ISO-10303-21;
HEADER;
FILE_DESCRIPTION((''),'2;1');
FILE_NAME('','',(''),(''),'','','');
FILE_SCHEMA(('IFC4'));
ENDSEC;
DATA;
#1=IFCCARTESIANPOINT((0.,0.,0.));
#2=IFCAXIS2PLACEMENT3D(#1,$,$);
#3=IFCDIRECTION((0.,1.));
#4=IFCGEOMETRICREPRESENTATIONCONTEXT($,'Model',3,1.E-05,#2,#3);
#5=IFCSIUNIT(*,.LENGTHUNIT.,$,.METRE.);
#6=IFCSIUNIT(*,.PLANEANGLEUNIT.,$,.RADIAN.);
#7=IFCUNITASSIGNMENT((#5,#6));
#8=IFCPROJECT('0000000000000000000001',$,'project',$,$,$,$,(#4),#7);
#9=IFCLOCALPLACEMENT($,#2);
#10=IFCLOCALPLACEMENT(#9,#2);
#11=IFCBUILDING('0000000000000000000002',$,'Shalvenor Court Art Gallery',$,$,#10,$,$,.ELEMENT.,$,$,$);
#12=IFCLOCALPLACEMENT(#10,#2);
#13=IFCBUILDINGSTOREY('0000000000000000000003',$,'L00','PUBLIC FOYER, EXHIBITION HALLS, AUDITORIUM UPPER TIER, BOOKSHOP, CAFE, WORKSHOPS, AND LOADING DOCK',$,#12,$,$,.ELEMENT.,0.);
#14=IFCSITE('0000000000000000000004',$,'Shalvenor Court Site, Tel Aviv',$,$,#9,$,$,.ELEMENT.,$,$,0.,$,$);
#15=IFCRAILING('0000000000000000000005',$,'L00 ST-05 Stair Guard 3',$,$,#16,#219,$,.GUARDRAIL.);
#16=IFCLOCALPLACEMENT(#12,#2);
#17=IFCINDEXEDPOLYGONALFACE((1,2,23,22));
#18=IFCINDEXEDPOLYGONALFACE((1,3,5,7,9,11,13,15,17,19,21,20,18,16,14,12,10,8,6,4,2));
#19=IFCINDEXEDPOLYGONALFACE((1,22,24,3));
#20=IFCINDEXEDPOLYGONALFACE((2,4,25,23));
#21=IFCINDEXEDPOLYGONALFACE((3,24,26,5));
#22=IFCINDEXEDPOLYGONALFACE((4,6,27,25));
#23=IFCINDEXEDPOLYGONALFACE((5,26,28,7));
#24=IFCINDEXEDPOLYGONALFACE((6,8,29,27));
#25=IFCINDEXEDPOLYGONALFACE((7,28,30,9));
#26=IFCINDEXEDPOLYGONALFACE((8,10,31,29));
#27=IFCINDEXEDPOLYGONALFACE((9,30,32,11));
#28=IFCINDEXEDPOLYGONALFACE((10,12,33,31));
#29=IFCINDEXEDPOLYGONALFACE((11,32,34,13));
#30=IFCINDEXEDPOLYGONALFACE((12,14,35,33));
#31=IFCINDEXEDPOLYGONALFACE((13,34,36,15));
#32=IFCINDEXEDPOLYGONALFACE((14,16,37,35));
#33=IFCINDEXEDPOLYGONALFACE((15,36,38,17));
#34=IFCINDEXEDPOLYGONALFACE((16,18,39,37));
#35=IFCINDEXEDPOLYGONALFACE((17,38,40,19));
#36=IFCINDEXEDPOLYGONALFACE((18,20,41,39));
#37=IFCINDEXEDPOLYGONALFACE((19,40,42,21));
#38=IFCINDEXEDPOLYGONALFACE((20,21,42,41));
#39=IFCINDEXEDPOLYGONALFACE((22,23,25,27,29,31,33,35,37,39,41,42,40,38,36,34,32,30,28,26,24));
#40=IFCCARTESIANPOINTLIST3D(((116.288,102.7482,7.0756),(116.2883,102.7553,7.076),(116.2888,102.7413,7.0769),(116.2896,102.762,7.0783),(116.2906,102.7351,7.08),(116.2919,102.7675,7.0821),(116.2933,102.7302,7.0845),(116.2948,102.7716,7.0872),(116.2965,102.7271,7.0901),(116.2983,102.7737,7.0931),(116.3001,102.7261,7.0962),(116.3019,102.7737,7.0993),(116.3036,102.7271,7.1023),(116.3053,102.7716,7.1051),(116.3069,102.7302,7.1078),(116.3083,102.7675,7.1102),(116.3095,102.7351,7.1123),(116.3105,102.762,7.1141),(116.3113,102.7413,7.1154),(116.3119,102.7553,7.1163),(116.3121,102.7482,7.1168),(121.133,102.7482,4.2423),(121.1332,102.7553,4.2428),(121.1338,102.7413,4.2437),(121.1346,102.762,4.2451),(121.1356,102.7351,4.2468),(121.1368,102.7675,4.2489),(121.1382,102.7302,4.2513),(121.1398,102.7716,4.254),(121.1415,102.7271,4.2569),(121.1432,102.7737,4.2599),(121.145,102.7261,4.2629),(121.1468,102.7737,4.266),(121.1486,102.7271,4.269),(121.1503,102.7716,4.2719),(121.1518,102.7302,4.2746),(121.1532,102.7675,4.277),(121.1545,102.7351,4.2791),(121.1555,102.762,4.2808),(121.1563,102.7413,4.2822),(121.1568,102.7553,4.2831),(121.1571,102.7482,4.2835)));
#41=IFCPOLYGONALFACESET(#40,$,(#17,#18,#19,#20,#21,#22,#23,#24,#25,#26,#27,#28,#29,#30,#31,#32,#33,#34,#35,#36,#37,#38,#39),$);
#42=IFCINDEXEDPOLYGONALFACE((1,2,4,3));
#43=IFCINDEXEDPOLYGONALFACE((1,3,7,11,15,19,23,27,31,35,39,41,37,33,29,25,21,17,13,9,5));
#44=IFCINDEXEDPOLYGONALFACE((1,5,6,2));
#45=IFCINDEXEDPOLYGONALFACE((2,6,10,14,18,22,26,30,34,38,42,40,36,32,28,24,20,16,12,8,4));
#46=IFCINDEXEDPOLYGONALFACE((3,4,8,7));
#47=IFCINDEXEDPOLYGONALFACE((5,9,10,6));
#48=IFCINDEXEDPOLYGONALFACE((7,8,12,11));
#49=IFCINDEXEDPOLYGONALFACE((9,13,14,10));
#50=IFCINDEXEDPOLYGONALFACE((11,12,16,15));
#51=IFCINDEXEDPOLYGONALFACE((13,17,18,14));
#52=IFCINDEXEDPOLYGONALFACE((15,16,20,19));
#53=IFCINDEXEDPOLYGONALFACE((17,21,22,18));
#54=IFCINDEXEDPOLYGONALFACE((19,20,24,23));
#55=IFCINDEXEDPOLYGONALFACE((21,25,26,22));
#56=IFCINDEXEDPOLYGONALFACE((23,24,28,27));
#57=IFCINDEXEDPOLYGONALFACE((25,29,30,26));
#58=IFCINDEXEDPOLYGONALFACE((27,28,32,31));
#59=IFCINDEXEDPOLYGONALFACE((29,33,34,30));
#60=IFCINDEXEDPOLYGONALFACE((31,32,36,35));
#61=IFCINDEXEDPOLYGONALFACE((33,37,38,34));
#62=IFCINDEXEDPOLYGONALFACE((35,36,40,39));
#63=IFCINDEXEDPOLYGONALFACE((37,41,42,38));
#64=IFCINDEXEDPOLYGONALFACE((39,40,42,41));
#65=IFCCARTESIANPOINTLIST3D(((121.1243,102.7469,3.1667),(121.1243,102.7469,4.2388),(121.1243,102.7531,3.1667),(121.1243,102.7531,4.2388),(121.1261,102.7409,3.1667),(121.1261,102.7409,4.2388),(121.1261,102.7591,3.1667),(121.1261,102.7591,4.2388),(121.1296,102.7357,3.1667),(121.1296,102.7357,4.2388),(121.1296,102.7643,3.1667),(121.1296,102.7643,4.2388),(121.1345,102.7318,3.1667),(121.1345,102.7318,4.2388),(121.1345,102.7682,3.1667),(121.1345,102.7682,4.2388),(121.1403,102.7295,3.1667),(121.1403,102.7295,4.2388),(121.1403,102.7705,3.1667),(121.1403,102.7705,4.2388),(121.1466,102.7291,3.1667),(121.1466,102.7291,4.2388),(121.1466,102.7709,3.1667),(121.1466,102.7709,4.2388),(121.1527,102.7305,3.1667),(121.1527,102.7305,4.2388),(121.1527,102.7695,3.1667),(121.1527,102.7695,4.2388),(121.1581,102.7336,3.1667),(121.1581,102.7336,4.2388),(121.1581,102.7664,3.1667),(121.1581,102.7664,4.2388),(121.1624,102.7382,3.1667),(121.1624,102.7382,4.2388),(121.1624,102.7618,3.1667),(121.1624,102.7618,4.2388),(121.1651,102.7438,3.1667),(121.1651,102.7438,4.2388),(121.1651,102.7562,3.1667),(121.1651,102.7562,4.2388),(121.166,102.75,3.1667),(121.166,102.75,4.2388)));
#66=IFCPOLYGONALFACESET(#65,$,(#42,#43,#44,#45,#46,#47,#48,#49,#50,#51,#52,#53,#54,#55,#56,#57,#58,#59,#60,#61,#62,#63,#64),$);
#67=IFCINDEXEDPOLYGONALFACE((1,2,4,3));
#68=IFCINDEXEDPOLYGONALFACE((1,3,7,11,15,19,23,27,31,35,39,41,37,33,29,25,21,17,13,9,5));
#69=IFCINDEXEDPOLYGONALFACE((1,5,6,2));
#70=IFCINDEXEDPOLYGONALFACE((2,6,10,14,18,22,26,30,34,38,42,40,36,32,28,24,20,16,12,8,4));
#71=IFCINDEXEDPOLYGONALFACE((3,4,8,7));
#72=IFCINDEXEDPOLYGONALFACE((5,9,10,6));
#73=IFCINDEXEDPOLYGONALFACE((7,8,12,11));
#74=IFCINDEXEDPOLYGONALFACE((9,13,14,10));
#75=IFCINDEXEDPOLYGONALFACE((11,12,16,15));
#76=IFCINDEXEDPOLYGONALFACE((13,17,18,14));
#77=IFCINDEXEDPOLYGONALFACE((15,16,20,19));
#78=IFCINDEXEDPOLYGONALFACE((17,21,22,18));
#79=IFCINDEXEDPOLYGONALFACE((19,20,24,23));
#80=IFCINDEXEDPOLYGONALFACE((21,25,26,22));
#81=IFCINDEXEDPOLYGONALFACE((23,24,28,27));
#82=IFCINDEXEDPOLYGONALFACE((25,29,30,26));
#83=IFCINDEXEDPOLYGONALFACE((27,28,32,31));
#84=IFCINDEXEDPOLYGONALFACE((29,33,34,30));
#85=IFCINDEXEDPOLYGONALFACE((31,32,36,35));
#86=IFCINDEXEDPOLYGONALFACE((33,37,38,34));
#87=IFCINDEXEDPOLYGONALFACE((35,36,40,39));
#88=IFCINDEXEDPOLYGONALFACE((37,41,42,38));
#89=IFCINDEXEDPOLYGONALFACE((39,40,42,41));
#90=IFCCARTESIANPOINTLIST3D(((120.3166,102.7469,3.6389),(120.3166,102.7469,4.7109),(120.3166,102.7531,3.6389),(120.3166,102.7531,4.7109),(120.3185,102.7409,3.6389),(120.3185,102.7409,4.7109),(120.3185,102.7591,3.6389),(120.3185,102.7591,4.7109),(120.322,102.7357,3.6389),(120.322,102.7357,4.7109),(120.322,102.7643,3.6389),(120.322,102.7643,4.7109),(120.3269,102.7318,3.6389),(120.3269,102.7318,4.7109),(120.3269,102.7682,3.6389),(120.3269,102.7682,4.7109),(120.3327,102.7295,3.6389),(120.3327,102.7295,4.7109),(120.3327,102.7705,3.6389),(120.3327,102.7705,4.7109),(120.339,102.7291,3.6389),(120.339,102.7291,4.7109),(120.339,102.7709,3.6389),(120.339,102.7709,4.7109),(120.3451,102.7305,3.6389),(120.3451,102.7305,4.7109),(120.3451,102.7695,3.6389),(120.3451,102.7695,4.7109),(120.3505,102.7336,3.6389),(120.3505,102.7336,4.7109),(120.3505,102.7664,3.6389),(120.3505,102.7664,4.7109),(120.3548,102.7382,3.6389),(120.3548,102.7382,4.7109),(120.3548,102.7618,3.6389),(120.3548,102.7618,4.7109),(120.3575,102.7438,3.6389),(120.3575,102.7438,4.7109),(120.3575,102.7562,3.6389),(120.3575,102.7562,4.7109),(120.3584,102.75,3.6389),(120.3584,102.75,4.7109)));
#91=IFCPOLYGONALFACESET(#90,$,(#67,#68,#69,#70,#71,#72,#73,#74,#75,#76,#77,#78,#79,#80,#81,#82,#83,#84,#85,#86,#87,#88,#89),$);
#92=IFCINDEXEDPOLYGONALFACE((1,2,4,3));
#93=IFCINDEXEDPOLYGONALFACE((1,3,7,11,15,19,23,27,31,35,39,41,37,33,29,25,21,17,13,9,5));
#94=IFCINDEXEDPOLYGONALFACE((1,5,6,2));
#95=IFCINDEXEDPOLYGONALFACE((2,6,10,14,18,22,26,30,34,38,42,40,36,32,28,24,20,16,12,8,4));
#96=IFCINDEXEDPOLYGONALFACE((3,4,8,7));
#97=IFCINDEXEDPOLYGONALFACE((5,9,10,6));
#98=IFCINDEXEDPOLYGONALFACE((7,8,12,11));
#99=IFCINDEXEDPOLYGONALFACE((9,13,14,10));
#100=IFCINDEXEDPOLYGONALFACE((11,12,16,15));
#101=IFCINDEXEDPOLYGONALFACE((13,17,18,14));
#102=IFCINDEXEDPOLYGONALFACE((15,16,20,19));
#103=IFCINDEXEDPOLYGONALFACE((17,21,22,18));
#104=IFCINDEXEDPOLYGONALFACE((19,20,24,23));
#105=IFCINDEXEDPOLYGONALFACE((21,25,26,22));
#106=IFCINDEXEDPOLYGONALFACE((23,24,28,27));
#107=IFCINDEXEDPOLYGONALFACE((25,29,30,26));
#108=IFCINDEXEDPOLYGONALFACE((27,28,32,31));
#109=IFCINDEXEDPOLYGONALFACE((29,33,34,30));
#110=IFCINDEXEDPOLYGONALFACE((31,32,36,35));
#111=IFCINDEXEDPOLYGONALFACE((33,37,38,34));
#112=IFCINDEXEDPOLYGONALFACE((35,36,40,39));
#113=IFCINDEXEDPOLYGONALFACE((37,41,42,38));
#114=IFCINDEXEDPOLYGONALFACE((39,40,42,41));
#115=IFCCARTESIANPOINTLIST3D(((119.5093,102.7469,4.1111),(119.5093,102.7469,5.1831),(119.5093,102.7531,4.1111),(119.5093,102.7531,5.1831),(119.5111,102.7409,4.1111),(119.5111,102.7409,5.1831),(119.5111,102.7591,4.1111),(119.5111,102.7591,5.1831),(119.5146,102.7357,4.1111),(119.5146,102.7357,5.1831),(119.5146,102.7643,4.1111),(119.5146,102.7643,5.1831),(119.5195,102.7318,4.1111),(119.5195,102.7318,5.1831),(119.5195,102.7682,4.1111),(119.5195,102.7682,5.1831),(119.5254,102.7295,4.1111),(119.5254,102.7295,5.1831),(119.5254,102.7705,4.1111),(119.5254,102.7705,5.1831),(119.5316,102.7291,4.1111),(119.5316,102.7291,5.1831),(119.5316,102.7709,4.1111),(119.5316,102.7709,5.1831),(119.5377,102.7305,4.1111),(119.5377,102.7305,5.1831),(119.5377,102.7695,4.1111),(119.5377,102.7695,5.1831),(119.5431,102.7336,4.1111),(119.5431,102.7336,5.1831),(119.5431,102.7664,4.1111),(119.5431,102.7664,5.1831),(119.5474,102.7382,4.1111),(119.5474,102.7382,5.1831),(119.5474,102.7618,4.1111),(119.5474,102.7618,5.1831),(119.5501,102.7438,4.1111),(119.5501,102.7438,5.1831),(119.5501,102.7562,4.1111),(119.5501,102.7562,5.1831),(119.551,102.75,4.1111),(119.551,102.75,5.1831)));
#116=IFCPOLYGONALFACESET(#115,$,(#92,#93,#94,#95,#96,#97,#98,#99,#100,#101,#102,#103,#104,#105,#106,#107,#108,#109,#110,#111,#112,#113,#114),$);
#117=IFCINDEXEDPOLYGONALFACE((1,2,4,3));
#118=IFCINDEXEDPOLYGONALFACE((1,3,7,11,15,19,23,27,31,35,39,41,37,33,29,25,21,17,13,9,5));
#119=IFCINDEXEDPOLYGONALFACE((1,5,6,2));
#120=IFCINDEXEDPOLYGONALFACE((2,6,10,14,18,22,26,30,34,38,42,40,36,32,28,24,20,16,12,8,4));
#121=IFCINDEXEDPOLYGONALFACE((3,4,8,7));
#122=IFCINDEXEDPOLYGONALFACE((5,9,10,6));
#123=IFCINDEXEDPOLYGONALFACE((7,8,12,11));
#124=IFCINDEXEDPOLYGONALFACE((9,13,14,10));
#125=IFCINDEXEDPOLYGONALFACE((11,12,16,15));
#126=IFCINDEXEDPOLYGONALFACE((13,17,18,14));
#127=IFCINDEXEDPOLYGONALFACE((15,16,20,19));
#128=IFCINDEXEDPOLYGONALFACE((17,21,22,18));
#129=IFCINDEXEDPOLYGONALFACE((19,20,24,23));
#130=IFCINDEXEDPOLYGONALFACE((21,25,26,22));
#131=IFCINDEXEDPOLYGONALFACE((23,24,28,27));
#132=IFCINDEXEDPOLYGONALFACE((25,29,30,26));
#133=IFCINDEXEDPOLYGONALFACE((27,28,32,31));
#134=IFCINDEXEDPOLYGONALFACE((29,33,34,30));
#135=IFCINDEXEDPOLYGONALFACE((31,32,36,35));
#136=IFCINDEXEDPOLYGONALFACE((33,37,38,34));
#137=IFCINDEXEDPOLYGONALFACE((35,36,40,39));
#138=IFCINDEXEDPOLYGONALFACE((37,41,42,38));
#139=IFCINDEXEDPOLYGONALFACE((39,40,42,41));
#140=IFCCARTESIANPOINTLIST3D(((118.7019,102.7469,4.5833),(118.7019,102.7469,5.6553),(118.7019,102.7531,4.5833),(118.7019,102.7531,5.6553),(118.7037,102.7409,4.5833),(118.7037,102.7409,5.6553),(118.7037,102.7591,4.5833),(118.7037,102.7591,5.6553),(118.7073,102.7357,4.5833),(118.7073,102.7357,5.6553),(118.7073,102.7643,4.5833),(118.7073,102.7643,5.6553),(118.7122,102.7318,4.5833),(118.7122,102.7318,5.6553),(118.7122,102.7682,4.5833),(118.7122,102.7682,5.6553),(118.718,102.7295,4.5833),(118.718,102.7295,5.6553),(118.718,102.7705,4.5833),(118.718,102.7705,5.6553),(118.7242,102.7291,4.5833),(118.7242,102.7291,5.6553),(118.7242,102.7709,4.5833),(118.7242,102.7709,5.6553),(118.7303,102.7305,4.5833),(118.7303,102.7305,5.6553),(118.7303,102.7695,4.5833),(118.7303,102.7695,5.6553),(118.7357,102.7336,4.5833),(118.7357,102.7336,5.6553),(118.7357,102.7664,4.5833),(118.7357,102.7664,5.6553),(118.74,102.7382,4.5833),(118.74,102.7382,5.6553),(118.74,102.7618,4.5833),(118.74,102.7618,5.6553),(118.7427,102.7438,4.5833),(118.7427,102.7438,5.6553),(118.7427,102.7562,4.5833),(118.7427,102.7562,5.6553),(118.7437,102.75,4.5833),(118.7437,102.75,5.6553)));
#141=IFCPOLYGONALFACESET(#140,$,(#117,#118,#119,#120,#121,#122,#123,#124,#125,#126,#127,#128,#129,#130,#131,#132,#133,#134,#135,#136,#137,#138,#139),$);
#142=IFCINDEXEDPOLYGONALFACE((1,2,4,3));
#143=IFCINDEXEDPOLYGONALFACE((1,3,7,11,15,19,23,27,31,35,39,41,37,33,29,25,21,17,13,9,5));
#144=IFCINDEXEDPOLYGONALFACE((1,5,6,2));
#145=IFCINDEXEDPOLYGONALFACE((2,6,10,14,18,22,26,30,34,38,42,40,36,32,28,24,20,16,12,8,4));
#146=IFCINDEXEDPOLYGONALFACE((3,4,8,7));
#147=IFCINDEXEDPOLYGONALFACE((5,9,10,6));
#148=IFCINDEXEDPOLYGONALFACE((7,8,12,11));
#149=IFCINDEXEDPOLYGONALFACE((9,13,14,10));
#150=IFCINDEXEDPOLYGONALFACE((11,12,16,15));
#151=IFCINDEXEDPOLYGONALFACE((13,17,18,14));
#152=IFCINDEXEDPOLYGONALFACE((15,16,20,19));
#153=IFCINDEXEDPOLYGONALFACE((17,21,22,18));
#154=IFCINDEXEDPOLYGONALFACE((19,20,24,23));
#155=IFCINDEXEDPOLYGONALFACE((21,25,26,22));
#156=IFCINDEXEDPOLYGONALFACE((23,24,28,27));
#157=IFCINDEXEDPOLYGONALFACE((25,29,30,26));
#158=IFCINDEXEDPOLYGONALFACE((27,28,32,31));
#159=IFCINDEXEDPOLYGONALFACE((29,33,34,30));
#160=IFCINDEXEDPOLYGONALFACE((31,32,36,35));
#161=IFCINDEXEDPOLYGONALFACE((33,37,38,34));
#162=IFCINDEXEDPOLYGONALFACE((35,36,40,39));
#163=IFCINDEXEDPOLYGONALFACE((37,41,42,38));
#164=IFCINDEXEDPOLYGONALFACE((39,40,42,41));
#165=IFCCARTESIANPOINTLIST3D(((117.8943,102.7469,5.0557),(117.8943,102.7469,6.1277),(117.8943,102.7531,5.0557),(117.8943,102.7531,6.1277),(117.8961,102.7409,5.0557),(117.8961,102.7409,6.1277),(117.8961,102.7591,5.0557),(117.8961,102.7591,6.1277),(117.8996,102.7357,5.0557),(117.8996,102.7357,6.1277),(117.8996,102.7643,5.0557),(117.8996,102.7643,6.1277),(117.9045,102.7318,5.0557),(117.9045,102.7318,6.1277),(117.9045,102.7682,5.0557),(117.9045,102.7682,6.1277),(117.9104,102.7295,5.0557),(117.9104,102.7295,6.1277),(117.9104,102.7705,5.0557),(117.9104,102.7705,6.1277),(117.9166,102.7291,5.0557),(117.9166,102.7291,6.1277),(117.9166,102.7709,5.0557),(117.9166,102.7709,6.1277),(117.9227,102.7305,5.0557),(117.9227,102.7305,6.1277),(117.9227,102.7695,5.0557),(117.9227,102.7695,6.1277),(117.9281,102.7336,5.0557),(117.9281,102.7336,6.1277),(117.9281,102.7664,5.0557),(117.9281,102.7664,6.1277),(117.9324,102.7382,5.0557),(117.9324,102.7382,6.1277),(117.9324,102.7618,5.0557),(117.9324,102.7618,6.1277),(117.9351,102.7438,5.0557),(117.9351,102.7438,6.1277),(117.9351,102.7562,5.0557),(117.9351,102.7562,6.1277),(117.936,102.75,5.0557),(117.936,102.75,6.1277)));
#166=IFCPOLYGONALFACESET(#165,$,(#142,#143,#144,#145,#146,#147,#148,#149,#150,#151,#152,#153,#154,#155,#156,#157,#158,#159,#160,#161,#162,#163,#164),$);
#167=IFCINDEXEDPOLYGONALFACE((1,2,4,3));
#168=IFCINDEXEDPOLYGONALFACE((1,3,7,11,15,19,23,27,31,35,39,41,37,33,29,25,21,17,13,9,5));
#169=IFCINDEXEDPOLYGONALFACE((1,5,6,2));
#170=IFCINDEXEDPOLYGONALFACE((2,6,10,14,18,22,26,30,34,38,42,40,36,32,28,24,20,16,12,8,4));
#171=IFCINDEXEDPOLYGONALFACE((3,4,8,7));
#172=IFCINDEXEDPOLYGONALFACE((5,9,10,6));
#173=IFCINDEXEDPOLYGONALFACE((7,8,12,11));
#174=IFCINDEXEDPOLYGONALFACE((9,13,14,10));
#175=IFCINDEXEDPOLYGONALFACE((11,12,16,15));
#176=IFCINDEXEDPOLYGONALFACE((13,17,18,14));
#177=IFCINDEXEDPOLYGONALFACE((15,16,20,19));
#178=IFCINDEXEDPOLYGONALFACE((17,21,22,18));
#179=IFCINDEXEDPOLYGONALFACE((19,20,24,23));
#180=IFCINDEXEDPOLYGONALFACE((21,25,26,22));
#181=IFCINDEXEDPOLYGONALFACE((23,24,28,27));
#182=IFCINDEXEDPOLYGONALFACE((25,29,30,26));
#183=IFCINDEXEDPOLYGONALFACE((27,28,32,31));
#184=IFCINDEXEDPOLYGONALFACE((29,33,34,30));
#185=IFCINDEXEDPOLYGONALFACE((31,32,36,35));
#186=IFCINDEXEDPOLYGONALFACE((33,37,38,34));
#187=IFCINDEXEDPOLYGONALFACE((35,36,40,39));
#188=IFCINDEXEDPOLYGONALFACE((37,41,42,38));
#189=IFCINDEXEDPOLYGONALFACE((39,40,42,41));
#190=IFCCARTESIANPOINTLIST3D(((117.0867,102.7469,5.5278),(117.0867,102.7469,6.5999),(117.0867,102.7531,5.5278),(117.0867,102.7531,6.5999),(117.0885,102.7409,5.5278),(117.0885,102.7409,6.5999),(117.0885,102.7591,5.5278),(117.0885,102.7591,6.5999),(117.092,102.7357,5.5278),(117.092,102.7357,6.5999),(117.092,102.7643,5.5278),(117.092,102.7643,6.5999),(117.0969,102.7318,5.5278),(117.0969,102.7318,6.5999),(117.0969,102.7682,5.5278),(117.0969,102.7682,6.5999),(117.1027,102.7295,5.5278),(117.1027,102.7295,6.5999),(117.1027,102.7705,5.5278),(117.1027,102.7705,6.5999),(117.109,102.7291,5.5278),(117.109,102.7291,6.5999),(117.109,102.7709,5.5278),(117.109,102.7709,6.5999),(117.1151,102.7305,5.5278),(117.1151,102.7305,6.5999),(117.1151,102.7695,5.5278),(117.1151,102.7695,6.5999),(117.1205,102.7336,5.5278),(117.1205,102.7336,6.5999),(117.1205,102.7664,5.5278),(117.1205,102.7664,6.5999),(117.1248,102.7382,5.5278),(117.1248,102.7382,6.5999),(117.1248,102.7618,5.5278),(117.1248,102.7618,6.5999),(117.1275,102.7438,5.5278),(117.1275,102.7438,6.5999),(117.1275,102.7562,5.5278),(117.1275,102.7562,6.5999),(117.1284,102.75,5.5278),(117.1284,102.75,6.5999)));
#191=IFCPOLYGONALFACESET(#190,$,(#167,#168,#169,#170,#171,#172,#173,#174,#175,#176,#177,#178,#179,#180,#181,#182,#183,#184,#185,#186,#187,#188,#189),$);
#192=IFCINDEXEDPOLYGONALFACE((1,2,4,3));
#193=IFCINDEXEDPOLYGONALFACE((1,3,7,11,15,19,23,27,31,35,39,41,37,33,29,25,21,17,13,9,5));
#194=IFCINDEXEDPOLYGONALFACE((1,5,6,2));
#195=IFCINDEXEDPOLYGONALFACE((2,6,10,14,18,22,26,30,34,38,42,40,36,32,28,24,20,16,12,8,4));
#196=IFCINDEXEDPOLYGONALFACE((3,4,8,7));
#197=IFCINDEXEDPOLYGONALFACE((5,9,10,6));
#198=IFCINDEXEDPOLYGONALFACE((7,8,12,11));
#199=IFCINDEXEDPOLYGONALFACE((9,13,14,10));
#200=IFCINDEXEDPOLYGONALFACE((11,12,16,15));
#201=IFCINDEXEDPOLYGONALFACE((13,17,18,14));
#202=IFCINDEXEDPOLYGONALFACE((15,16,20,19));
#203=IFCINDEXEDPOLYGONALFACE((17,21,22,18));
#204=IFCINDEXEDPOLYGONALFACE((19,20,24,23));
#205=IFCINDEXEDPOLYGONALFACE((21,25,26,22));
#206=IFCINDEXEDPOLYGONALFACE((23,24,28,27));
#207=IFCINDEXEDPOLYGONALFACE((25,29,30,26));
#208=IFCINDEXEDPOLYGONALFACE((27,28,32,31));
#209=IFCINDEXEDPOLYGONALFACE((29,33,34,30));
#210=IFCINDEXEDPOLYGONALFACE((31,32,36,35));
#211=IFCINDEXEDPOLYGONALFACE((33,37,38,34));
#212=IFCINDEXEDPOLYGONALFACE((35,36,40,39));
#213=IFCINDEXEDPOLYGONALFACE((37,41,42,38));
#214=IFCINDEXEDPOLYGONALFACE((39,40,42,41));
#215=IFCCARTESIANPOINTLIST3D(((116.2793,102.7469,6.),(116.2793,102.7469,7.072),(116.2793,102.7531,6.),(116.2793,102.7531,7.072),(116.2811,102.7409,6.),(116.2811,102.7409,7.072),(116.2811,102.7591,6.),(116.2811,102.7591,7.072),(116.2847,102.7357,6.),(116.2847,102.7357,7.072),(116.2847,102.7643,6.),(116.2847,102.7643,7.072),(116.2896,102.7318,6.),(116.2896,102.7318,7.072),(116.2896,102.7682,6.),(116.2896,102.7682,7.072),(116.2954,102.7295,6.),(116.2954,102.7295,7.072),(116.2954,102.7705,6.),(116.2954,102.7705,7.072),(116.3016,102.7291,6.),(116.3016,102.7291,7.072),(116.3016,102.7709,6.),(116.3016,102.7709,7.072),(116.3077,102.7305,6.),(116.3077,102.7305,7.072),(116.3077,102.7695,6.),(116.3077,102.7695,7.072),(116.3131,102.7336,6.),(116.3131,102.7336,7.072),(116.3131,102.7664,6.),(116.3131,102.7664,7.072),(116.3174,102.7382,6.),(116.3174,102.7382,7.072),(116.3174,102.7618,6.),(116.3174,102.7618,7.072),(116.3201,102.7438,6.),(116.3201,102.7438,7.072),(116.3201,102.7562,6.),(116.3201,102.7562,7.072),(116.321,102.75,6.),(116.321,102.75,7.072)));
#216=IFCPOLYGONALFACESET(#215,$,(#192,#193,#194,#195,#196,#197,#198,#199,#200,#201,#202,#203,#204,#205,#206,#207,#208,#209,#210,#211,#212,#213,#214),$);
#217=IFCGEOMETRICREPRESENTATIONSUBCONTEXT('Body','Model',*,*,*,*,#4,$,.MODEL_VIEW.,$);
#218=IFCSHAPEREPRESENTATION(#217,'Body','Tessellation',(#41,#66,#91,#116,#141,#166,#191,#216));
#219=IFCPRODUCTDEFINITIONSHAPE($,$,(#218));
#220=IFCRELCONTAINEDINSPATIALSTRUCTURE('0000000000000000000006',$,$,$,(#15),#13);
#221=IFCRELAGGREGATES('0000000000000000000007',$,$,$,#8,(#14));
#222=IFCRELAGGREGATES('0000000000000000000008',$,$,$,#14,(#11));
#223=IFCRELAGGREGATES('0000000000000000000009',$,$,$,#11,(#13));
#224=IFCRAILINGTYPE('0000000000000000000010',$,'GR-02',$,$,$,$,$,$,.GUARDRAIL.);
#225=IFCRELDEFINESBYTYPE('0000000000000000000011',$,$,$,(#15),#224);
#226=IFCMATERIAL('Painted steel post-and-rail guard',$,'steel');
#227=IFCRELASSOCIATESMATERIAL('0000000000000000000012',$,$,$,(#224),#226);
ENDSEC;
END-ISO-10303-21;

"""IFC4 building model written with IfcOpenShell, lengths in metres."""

from ifc_helpers import new_model, si_unit, direction, frame, origin, origin_2d, place, context, subcontext, project, spatial, circle, extrude, material, type_object, element, save


model = new_model("IFC4")

# Units and contexts
model_context = context("Model", 3, precision=1e-05, world=origin(), true_north=direction((0.0, 1.0)))
body_context = subcontext(model_context, "Body", "Model", "MODEL_VIEW")
ifc_project = project(units=[si_unit("LENGTHUNIT", "METRE"), si_unit("PLANEANGLEUNIT", "RADIAN")], contexts=[model_context])

# Site, building, storey
site_placement = place(None, origin())
site = spatial("IfcSite", under=ifc_project, at=site_placement, Name="Shalvenor Court Site, Tel Aviv", CompositionType="ELEMENT", RefElevation=0.0)
building_placement = place(site_placement, origin())
building = spatial("IfcBuilding", under=site, at=building_placement, Name="Shalvenor Court Art Gallery", CompositionType="ELEMENT")
storey_placement = place(building_placement, origin())
storey = spatial("IfcBuildingStorey", under=building, at=storey_placement, Name="L00", Description="PUBLIC FOYER, EXHIBITION HALLS, AUDITORIUM UPPER TIER, BOOKSHOP, CAFE, WORKSHOPS, AND LOADING DOCK", CompositionType="ELEMENT", Elevation=0.0)

# Railing
ifc_material_1 = material(Name="Painted steel post-and-rail guard", Category="steel")
railing_type_1 = type_object("IfcRailingType", Name="GR-02", PredefinedType="GUARDRAIL", material=ifc_material_1)
railing_1_placement = place(storey_placement, frame((121.145, 102.75, 3.1667)))
element("IfcRailing", 1, at=railing_1_placement, inside=storey, type_object=railing_type_1, Name="L00 ST-05 Stair Guard 3", PredefinedType="GUARDRAIL", context=body_context, shape_type="SweptSolid", body=[
    extrude(circle(Radius=0.0239, at=origin_2d()), frame((0.0, 0.0, 1.0962), z_axis=(-0.863234, 0.0, 0.504804), x_axis=(0.0, -1.0, 0.0)), (0.0, 0.0, 1.0), 5.6125),
    extrude(circle(Radius=0.021, at=origin_2d()), origin(), (0.0, 0.0, 1.0), 1.072),
    extrude(circle(Radius=0.021, at=origin_2d()), frame((-0.8076, 0.0, 0.4722)), (0.0, 0.0, 1.0), 1.072),
    extrude(circle(Radius=0.021, at=origin_2d()), frame((-1.615, 0.0, 0.9443)), (0.0, 0.0, 1.0), 1.072),
    extrude(circle(Radius=0.021, at=origin_2d()), frame((-2.4224, 0.0, 1.4165)), (0.0, 0.0, 1.0), 1.072),
    extrude(circle(Radius=0.021, at=origin_2d()), frame((-3.23, 0.0, 1.8889)), (0.0, 0.0, 1.0), 1.072),
    extrude(circle(Radius=0.021, at=origin_2d()), frame((-4.0376, 0.0, 2.3611)), (0.0, 0.0, 1.0), 1.072),
    extrude(circle(Radius=0.021, at=origin_2d()), frame((-4.845, 0.0, 2.8333)), (0.0, 0.0, 1.0), 1.072),
])

save(model, "model.ifc")
